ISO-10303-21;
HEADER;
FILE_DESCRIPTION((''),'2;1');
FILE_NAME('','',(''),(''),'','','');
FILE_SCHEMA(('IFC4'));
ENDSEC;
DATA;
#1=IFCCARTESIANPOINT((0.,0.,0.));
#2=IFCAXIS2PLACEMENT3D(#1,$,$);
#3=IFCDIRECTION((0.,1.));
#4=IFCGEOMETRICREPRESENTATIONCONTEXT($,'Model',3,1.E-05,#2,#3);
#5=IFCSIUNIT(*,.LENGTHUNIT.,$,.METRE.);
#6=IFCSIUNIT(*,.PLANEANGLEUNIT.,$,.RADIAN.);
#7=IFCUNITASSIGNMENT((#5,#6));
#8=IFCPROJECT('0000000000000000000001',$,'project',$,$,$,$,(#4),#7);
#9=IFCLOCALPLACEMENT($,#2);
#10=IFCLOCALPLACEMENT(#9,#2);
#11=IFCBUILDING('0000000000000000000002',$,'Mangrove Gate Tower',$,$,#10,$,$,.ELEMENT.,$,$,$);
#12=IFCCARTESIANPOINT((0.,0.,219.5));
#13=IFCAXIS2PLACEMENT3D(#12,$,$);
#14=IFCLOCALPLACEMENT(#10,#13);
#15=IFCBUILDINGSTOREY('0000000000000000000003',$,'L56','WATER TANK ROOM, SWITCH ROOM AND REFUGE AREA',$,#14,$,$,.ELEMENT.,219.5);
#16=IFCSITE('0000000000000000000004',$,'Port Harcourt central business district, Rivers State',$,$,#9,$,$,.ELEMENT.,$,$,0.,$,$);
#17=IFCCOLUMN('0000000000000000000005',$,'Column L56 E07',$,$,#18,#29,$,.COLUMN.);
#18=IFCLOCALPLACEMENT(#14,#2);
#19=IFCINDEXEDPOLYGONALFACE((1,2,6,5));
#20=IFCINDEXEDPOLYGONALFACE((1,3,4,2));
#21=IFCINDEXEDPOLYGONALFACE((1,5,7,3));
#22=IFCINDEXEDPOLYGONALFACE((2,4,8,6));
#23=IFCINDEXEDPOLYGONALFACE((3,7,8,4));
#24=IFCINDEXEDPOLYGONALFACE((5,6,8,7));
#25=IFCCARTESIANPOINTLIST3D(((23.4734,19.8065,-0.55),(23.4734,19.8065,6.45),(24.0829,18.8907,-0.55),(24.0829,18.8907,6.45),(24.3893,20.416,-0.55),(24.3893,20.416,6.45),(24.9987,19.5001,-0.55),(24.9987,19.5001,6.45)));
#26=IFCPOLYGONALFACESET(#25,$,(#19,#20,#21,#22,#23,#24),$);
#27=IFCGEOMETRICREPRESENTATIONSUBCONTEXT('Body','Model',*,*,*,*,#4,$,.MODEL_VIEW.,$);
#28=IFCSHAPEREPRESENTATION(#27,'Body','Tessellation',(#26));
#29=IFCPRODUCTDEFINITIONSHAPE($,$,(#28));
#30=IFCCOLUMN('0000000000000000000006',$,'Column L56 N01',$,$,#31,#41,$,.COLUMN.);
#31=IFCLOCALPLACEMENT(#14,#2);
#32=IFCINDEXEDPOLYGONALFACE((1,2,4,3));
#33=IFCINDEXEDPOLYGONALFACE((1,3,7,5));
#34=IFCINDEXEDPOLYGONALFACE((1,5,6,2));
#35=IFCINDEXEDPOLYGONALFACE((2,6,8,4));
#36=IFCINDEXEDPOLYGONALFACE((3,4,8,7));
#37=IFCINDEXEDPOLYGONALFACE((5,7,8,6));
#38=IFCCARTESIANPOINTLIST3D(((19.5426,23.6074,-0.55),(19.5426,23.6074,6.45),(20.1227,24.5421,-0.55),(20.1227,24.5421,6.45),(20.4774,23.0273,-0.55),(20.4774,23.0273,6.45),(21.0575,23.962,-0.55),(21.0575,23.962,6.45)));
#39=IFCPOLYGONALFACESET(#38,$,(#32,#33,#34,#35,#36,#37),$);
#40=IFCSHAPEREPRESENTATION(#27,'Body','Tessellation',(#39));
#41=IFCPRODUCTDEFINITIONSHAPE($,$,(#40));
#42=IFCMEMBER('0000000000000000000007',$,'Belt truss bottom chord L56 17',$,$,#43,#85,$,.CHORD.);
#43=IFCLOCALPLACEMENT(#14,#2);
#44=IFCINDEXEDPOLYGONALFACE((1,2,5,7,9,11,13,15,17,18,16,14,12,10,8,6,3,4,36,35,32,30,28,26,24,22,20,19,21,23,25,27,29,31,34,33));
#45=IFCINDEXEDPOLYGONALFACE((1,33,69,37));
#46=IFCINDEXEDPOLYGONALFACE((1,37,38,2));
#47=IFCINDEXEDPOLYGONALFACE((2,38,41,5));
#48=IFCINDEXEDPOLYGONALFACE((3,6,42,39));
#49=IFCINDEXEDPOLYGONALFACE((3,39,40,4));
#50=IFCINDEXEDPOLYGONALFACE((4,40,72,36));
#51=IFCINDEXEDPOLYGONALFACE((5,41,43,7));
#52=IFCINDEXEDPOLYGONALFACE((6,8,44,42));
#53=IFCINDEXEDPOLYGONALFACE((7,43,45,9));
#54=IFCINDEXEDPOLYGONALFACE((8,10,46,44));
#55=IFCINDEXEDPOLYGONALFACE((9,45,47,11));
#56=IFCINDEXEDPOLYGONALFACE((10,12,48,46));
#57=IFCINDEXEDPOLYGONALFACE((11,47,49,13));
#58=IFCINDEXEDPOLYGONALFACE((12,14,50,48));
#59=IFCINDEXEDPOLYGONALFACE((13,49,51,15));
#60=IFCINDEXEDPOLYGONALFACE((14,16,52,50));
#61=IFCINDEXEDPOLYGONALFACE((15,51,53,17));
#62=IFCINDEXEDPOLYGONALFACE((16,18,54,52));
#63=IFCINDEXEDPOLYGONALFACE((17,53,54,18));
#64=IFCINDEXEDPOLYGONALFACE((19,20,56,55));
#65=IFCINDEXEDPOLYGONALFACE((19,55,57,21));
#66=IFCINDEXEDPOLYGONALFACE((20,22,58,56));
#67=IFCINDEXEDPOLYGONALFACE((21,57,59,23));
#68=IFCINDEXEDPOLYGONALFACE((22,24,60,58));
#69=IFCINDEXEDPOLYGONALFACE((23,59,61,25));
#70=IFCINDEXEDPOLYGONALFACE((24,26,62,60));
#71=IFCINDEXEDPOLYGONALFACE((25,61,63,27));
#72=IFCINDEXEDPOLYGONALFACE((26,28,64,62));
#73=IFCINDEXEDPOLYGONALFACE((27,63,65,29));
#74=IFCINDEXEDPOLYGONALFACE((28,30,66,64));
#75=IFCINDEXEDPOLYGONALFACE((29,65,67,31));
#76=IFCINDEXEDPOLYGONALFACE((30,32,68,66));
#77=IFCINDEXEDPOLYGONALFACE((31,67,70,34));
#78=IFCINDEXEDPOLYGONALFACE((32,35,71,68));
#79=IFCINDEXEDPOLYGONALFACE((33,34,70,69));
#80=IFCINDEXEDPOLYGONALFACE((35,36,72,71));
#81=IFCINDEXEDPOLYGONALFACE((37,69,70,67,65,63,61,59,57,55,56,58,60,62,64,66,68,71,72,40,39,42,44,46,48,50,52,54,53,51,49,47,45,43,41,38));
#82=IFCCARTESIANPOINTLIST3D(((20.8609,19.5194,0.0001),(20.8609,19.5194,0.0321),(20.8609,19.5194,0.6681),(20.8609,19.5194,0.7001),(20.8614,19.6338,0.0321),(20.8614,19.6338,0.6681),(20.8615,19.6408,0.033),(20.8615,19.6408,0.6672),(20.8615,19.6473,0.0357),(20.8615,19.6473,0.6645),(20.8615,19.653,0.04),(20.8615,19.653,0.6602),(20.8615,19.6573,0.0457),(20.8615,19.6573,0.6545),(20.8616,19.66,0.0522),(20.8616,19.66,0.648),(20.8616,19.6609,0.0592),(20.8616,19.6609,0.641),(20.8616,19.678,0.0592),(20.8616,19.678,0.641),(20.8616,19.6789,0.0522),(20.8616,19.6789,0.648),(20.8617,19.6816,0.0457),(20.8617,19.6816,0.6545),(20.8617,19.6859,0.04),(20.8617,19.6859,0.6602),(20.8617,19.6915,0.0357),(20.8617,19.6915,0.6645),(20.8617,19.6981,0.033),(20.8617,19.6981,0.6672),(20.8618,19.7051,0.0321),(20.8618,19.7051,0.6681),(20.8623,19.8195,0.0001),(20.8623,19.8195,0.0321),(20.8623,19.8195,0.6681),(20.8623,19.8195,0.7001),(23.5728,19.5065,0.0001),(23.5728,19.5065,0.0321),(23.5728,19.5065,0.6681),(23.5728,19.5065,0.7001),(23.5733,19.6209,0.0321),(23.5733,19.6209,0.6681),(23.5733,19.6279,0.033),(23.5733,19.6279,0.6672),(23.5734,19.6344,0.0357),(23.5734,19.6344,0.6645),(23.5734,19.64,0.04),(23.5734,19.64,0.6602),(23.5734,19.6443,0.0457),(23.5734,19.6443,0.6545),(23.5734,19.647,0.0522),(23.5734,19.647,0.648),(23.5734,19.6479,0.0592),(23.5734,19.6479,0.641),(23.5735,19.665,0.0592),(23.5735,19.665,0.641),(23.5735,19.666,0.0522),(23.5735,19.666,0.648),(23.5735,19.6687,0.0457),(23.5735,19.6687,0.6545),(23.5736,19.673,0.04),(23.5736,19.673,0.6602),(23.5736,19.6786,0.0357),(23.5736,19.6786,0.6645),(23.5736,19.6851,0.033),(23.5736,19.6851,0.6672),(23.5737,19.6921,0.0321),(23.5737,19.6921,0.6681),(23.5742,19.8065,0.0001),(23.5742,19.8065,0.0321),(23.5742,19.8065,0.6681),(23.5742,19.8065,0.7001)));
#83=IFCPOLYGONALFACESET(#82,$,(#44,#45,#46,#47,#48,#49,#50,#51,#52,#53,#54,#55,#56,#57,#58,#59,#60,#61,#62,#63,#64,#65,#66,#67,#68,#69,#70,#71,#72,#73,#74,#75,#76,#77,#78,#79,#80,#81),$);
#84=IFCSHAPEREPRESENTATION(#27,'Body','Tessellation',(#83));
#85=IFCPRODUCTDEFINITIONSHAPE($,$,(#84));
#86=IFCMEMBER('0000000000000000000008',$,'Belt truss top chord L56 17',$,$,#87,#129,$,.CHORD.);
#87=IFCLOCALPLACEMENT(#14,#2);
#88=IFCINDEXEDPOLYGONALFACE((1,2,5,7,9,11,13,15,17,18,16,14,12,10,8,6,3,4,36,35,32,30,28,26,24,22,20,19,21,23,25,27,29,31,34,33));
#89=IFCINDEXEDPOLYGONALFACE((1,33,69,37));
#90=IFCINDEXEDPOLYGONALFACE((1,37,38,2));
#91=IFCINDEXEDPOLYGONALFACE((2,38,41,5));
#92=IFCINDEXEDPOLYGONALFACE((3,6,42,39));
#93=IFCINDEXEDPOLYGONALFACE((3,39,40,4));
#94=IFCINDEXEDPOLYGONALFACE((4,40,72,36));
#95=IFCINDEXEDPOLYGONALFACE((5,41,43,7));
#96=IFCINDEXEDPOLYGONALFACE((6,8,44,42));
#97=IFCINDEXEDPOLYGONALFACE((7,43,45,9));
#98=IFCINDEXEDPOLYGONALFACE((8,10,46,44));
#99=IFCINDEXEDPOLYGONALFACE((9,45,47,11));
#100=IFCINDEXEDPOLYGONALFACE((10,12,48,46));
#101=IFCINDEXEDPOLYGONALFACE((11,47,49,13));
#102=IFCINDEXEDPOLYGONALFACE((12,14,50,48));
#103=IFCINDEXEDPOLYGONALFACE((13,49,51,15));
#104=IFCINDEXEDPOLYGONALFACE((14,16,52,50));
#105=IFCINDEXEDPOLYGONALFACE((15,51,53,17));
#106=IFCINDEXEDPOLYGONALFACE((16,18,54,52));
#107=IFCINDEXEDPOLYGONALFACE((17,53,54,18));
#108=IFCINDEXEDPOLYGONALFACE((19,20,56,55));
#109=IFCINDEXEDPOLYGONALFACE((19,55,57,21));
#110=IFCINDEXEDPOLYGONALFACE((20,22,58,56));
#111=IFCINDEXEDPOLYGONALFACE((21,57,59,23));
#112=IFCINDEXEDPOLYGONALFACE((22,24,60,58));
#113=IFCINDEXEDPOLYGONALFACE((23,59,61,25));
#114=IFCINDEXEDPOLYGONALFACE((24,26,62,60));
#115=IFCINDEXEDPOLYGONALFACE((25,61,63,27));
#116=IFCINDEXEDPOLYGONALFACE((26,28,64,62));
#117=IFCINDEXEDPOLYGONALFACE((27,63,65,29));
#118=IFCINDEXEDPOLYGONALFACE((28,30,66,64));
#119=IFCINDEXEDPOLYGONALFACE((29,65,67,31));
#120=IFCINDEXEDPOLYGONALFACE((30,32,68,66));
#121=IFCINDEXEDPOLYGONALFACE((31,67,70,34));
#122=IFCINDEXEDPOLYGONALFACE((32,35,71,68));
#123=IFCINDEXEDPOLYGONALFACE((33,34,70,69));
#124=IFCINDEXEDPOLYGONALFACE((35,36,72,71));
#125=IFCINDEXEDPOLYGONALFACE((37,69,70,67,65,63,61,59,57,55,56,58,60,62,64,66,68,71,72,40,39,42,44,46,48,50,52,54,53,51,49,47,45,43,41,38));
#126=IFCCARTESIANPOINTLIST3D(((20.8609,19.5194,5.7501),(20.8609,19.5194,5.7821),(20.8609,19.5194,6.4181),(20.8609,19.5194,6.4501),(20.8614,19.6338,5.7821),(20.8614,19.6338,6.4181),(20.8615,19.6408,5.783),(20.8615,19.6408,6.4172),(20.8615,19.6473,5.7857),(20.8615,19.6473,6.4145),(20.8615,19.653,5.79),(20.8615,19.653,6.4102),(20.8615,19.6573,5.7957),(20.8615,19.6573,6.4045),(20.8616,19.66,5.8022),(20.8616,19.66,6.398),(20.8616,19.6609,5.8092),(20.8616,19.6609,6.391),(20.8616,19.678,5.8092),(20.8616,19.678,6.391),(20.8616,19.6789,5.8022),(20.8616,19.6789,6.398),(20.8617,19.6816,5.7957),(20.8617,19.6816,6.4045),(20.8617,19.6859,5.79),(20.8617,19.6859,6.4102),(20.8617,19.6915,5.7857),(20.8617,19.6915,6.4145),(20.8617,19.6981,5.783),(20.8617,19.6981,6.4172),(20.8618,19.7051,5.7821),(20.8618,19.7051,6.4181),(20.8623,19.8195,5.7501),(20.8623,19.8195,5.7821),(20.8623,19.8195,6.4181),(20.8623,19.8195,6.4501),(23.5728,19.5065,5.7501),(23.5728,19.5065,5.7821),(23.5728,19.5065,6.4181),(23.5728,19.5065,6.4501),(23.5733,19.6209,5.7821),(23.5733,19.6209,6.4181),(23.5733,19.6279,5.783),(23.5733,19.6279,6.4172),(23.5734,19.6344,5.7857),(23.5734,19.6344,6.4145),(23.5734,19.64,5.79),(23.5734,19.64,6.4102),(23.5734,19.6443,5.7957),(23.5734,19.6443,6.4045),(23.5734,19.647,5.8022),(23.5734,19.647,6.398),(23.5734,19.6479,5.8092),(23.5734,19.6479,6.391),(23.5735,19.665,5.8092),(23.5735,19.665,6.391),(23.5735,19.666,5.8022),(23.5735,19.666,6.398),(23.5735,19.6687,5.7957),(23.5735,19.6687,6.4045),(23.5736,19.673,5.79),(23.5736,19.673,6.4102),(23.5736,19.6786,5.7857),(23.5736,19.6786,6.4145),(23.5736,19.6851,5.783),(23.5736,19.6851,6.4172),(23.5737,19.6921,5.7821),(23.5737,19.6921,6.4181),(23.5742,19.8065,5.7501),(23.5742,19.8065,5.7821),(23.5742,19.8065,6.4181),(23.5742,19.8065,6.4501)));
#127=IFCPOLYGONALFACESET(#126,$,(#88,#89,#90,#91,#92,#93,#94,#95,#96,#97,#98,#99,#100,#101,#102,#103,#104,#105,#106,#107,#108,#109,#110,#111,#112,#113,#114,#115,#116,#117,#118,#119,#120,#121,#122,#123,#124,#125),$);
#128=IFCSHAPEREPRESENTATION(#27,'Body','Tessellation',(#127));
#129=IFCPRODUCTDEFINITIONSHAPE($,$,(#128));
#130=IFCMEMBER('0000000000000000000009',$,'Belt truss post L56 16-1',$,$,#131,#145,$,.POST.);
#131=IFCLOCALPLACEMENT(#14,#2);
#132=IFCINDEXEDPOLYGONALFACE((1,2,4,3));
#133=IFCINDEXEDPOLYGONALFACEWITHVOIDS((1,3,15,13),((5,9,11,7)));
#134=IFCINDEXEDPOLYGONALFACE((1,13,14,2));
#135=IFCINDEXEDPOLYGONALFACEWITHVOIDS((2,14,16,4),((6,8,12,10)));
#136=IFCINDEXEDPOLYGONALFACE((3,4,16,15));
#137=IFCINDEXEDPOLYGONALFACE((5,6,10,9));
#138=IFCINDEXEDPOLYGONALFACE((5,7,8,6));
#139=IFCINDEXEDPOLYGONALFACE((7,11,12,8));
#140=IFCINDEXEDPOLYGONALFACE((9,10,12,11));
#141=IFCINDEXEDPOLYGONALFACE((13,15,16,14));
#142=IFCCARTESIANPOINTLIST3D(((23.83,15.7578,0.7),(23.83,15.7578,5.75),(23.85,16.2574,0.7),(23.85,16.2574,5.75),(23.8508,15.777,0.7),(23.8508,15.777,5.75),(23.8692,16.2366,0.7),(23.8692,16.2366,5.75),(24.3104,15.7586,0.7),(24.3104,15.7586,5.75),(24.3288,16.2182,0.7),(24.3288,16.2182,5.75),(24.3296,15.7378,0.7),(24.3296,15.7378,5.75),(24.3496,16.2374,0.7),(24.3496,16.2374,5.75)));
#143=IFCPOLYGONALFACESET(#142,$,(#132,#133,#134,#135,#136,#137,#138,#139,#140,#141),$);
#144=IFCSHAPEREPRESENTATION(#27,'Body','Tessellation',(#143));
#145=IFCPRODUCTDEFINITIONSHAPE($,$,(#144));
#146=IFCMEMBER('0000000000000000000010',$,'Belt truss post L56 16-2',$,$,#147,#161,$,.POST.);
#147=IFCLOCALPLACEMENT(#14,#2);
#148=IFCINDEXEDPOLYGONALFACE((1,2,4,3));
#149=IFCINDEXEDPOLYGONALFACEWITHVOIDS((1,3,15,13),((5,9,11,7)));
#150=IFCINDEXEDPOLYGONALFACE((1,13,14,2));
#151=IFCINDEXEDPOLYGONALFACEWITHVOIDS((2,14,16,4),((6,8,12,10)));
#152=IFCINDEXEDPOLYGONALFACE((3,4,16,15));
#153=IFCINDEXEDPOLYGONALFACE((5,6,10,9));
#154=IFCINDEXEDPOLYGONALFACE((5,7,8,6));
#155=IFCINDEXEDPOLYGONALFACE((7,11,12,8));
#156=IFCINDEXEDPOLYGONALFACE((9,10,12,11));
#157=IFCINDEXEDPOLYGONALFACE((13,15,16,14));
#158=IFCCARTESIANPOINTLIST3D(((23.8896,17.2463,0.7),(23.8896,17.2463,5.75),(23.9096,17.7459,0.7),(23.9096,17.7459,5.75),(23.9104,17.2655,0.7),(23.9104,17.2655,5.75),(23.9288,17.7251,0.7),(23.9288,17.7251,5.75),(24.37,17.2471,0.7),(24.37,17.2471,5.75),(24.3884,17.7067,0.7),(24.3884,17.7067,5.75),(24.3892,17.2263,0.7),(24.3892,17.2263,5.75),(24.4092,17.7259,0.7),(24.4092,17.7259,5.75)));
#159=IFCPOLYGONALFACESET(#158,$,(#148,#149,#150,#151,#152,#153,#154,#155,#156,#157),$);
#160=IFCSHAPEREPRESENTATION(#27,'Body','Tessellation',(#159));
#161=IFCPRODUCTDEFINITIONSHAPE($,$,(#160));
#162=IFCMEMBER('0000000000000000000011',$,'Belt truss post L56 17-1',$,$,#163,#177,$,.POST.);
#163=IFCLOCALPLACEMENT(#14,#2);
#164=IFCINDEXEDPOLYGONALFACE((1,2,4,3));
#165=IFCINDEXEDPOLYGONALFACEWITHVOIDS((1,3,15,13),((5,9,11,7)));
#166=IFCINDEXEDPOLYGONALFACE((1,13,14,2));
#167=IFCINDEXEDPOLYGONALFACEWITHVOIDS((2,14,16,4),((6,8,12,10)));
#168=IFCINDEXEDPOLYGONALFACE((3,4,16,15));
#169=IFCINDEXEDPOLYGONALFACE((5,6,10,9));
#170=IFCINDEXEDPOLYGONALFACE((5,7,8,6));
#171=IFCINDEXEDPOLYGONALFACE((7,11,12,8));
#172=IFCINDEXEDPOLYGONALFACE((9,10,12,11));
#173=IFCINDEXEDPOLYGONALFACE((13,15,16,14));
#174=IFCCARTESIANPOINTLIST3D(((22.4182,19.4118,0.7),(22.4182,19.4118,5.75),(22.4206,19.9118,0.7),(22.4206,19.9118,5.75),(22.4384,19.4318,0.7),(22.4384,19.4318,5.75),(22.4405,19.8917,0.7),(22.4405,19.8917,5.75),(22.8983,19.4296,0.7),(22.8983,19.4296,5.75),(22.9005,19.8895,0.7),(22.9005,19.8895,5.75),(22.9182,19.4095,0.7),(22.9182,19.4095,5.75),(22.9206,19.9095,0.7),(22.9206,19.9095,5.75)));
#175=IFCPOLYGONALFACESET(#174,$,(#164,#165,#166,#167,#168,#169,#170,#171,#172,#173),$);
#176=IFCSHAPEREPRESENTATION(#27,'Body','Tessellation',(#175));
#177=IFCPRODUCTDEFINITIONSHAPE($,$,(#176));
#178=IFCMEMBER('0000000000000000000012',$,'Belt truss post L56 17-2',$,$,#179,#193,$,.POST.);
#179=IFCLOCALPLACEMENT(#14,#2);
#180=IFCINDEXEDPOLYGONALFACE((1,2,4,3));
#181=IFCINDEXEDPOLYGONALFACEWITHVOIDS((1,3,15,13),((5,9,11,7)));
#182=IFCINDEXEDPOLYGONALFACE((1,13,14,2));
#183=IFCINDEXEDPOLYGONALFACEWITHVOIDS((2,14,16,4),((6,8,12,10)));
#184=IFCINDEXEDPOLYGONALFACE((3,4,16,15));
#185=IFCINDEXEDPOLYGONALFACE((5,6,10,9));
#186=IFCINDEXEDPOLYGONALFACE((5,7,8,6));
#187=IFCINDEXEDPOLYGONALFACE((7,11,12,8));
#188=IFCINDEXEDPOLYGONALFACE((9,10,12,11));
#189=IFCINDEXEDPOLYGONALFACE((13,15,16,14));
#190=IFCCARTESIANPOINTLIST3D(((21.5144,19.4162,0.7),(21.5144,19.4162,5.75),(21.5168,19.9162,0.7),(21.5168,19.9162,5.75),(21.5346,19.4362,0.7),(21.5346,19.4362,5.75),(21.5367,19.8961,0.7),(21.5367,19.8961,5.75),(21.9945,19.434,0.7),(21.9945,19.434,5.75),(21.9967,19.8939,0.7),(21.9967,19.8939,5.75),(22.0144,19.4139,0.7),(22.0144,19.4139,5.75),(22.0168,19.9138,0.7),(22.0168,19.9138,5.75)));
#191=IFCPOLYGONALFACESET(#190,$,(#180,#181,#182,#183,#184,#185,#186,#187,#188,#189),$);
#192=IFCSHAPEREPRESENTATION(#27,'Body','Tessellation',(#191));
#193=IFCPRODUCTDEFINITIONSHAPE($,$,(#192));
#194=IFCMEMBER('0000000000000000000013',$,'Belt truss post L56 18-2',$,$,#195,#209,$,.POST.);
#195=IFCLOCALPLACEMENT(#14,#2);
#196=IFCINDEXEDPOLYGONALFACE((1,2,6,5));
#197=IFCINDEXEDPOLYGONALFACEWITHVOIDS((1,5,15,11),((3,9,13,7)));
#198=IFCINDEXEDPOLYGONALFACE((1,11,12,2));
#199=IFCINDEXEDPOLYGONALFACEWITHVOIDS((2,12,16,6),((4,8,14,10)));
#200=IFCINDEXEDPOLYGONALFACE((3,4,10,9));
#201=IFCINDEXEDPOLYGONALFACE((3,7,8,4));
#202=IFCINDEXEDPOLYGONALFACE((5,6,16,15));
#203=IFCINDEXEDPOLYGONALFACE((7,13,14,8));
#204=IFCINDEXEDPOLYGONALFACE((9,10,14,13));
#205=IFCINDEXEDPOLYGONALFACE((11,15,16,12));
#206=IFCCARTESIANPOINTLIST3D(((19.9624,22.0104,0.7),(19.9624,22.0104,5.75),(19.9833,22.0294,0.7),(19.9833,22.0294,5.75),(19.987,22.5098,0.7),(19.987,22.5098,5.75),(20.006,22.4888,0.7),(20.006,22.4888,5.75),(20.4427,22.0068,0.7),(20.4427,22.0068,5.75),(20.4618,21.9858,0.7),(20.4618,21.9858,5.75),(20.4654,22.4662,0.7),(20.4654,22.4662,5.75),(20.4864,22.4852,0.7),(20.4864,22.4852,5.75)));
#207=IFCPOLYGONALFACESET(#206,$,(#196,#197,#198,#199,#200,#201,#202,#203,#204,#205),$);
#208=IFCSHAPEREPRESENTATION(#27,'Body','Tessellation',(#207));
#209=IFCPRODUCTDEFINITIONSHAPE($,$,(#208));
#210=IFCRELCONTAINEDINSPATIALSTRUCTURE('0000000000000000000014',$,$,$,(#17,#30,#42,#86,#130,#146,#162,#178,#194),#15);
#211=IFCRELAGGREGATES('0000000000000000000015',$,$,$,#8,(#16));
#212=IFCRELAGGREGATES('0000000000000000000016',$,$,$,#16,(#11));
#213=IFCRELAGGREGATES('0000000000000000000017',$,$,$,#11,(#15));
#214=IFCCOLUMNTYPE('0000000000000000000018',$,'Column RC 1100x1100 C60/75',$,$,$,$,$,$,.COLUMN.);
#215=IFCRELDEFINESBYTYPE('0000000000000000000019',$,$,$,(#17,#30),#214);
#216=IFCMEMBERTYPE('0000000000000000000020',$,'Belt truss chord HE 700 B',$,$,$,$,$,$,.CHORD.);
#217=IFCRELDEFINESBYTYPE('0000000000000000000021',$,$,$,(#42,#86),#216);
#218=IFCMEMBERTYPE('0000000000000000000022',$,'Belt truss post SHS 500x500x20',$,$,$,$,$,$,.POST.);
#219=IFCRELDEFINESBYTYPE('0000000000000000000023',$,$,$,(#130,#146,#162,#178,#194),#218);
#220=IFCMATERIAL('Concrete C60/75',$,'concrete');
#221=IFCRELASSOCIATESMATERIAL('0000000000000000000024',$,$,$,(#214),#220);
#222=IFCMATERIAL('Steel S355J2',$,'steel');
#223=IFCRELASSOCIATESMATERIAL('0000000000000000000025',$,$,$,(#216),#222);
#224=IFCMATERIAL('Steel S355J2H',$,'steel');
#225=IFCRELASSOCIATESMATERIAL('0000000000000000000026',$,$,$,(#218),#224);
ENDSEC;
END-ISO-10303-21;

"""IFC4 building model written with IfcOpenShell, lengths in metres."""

from ifc_helpers import new_model, si_unit, direction, frame, origin, origin_2d, place, context, subcontext, project, spatial, rectangle, hollow_rectangle, i_section, extrude, material, material_profile, profile_set, type_object, element, save


model = new_model("IFC4")

# Units and contexts
model_context = context("Model", 3, precision=1e-05, world=origin(), true_north=direction((0.0, 1.0)))
body_context = subcontext(model_context, "Body", "Model", "MODEL_VIEW")
ifc_project = project(units=[si_unit("LENGTHUNIT", "METRE"), si_unit("PLANEANGLEUNIT", "RADIAN")], contexts=[model_context])

# Site, building, storey
site_placement = place(None, origin())
site = spatial("IfcSite", under=ifc_project, at=site_placement, Name="Port Harcourt central business district, Rivers State", CompositionType="ELEMENT", RefElevation=0.0)
building_placement = place(site_placement, origin())
building = spatial("IfcBuilding", under=site, at=building_placement, Name="Mangrove Gate Tower", CompositionType="ELEMENT")
storey_placement = place(building_placement, frame((0.0, 0.0, 219.5)))
storey = spatial("IfcBuildingStorey", under=building, at=storey_placement, Name="L56", Description="WATER TANK ROOM, SWITCH ROOM AND REFUGE AREA", CompositionType="ELEMENT", Elevation=219.5)

# Columns
ifc_material_1 = material(Name="Concrete C60/75", Category="concrete")
ifc_material_profile_1 = material_profile(ifc_material_1, rectangle(XDim=1.1001, YDim=1.1001, at=origin_2d()))
ifc_profile_set_1 = profile_set([ifc_material_profile_1], Name="Concrete C60/75")
column_type = type_object("IfcColumnType", Name="Column RC 1100x1100 C60/75", PredefinedType="COLUMN", material=ifc_profile_set_1)
for number, where, z_axis, x_axis, name in (
    (1, (24.2361, 19.6533, -0.55), (0.0, 0.0, 1.0), (-0.553976, 0.832532, 0.0), "Column L56 E07"),
    (2, (20.3, 23.7847, -0.55), (0.0, 0.0, 1.0), (-0.849672, 0.527312, 0.0), "Column L56 N01"),
):
    element("IfcColumn", number, at=place(storey_placement, frame(where, z_axis=z_axis, x_axis=x_axis)), inside=storey, type_object=column_type, Name=name, PredefinedType="COLUMN", context=body_context, shape_type="SweptSolid", body=[
        extrude(rectangle(XDim=1.1001, YDim=1.1001, at=origin_2d()), origin(), (0.0, 0.0, 1.0), 7.0),
    ])

# Members
ifc_material_2 = material(Name="Steel S355J2", Category="steel")
ifc_material_profile_2 = material_profile(ifc_material_2, i_section(OverallWidth=0.3, OverallDepth=0.7, WebThickness=0.0171, FlangeThickness=0.032, FilletRadius=0.0271, at=origin_2d()))
ifc_profile_set_2 = profile_set([ifc_material_profile_2], Name="Steel S355J2")
member_type_1 = type_object("IfcMemberType", Name="Belt truss chord HE 700 B", PredefinedType="CHORD", material=ifc_profile_set_2)
for number, where, z_axis, x_axis, name in (
    (3, (23.5735, 19.6565, 0.3501), (-0.999989, 0.004771, 0.0), (-0.004771, -0.999989, 0.0), "Belt truss bottom chord L56 17"),
    (4, (23.5735, 19.6565, 6.1001), (-0.999989, 0.004771, 0.0), (-0.004771, -0.999989, 0.0), "Belt truss top chord L56 17"),
):
    element("IfcMember", number, at=place(storey_placement, frame(where, z_axis=z_axis, x_axis=x_axis)), inside=storey, type_object=member_type_1, Name=name, PredefinedType="CHORD", context=body_context, shape_type="SweptSolid", body=[
        extrude(i_section(OverallWidth=0.3, OverallDepth=0.7, WebThickness=0.0171, FlangeThickness=0.032, FilletRadius=0.0271, at=origin_2d()), origin(), (0.0, 0.0, 1.0), 2.7119),
    ])
ifc_material_3 = material(Name="Steel S355J2H", Category="steel")
ifc_material_profile_3 = material_profile(ifc_material_3, hollow_rectangle(XDim=0.5, YDim=0.5, WallThickness=0.02, at=origin_2d()))
ifc_profile_set_3 = profile_set([ifc_material_profile_3], Name="Steel S355J2H")
member_type_2 = type_object("IfcMemberType", Name="Belt truss post SHS 500x500x20", PredefinedType="POST", material=ifc_profile_set_3)
for number, where, z_axis, x_axis, name in (
    (5, (24.0898, 15.9976, 0.7), (0.0, 0.0, 1.0), (0.040005, 0.999199, 0.0), "Belt truss post L56 16-1"),
    (6, (24.1494, 17.4861, 0.7), (0.0, 0.0, 1.0), (0.040005, 0.999199, 0.0), "Belt truss post L56 16-2"),
    (7, (22.6694, 19.6606, 0.7), (0.0, 0.0, 1.0), (-0.999989, 0.004754, 0.0), "Belt truss post L56 17-1"),
    (8, (21.7656, 19.665, 0.7), (0.0, 0.0, 1.0), (-0.999989, 0.004754, 0.0), "Belt truss post L56 17-2"),
    (9, (20.2244, 22.2478, 0.7), (0.0, 0.0, 1.0), (0.049211, 0.998788, 0.0), "Belt truss post L56 18-2"),
):
    element("IfcMember", number, at=place(storey_placement, frame(where, z_axis=z_axis, x_axis=x_axis)), inside=storey, type_object=member_type_2, Name=name, PredefinedType="POST", context=body_context, shape_type="SweptSolid", body=[
        extrude(hollow_rectangle(XDim=0.5, YDim=0.5, WallThickness=0.02, at=origin_2d()), origin(), (0.0, 0.0, 1.0), 5.05),
    ])

save(model, "model.ifc")
